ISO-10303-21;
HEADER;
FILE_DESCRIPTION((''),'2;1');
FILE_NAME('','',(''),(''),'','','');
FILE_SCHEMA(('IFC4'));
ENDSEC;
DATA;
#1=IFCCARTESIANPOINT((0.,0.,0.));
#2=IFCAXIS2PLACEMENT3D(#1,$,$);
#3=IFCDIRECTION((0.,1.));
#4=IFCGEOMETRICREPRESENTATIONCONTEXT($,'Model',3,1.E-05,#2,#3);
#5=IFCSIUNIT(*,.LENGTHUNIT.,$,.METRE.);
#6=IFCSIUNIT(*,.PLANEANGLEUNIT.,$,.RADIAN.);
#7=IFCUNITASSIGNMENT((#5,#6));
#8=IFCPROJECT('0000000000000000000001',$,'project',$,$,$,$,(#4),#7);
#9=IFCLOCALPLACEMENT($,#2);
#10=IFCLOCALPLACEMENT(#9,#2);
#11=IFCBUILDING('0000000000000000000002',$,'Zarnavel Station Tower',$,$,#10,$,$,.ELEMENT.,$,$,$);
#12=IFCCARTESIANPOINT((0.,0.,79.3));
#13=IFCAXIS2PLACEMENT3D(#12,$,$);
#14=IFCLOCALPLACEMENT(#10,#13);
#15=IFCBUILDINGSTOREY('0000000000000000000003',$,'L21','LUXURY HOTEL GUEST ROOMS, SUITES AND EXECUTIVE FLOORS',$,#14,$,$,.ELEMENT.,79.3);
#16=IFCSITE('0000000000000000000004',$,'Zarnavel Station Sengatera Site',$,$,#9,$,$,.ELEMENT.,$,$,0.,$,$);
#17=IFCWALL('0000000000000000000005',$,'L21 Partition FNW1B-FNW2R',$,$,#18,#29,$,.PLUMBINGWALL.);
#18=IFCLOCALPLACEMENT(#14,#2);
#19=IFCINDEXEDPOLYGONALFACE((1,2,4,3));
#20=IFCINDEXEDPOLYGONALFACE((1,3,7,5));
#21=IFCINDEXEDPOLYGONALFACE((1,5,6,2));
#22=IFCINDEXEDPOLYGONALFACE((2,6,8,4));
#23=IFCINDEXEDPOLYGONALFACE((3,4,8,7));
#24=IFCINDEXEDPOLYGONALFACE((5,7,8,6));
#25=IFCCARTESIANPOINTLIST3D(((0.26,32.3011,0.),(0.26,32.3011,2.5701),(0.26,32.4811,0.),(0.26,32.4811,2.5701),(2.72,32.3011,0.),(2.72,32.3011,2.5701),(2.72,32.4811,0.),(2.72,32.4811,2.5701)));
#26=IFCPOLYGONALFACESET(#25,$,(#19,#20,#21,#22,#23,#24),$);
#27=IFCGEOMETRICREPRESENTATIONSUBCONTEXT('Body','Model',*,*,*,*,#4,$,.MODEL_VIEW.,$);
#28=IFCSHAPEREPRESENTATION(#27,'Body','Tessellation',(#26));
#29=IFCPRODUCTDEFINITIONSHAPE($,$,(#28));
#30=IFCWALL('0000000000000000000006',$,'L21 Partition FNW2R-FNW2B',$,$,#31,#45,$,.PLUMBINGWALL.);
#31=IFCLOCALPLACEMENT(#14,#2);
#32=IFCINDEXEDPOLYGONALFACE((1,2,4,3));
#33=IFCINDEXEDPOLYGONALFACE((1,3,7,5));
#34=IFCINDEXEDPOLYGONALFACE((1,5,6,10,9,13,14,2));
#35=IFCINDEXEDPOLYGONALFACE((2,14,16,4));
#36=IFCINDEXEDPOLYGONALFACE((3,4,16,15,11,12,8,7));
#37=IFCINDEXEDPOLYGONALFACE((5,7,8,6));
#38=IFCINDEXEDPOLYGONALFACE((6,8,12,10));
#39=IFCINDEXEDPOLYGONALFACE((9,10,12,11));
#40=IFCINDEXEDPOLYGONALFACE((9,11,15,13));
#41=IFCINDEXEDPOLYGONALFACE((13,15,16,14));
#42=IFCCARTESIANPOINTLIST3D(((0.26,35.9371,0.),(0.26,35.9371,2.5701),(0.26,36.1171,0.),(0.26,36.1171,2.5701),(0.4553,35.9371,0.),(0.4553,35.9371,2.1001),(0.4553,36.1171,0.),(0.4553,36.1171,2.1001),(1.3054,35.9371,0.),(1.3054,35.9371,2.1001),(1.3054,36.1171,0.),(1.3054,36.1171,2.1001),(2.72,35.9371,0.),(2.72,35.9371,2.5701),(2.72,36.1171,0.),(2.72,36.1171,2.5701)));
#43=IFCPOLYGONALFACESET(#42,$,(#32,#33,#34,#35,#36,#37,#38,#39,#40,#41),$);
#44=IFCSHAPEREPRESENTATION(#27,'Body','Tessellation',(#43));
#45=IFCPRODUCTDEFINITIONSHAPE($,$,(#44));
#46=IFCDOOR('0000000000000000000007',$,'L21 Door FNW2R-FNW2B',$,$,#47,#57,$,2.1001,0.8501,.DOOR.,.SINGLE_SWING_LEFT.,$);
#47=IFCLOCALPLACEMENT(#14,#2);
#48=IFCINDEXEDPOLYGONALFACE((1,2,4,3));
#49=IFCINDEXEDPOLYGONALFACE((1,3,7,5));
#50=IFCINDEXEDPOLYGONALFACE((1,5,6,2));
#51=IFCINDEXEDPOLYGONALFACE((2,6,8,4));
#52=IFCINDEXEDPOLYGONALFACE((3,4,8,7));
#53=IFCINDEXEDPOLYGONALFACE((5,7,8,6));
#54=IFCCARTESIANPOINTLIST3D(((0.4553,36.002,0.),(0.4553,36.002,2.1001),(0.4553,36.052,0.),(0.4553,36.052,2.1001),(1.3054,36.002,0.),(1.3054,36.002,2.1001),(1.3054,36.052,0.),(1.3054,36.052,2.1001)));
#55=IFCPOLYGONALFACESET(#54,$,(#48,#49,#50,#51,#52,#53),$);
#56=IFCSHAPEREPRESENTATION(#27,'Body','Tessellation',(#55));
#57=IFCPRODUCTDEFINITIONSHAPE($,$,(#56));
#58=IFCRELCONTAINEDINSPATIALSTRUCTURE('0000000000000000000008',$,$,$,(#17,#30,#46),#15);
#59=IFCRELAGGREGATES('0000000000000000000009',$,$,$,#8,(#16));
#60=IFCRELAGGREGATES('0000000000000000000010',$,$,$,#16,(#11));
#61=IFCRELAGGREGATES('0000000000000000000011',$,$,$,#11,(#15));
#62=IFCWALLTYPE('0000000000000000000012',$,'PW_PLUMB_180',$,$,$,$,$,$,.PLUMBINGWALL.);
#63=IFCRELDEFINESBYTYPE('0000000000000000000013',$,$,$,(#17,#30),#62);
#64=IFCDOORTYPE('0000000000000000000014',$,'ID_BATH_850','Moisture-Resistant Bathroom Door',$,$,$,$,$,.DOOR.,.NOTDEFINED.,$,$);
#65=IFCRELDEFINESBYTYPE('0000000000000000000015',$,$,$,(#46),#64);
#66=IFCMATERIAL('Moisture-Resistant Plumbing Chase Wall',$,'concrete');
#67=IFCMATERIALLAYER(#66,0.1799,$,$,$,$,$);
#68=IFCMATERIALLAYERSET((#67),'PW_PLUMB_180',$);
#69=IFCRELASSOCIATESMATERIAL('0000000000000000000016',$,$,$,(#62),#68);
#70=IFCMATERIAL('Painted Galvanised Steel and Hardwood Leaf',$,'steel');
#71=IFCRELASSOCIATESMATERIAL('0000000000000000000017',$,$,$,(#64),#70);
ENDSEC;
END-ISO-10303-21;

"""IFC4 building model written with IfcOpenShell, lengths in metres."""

from ifc_helpers import new_model, si_unit, direction, frame, frame_2d, origin, place, context, subcontext, project, spatial, rectangle, extrude, material, layer, layer_set, type_object, element, fill, save


model = new_model("IFC4")

# Units and contexts
model_context = context("Model", 3, precision=1e-05, world=origin(), true_north=direction((0.0, 1.0)))
body_context = subcontext(model_context, "Body", "Model", "MODEL_VIEW")
ifc_project = project(units=[si_unit("LENGTHUNIT", "METRE"), si_unit("PLANEANGLEUNIT", "RADIAN")], contexts=[model_context])

# Site, building, storey
site_placement = place(None, origin())
site = spatial("IfcSite", under=ifc_project, at=site_placement, Name="Zarnavel Station Sengatera Site", CompositionType="ELEMENT", RefElevation=0.0)
building_placement = place(site_placement, origin())
building = spatial("IfcBuilding", under=site, at=building_placement, Name="Zarnavel Station Tower", CompositionType="ELEMENT")
storey_placement = place(building_placement, frame((0.0, 0.0, 79.3)))
storey = spatial("IfcBuildingStorey", under=building, at=storey_placement, Name="L21", Description="LUXURY HOTEL GUEST ROOMS, SUITES AND EXECUTIVE FLOORS", CompositionType="ELEMENT", Elevation=79.3)

# Shared definitions
ifc_material_1 = material(Name="Moisture-Resistant Plumbing Chase Wall", Category="concrete")
ifc_layer_1 = layer(ifc_material_1, 0.1799)
ifc_layer_set_1 = layer_set([ifc_layer_1], Name="PW_PLUMB_180")
wall_type_1 = type_object("IfcWallType", Name="PW_PLUMB_180", PredefinedType="PLUMBINGWALL", material=ifc_layer_set_1)
ifc_material_2 = material(Name="Painted Galvanised Steel and Hardwood Leaf", Category="steel")
door_type_1 = type_object("IfcDoorType", Name="ID_BATH_850", Description="Moisture-Resistant Bathroom Door", OperationType="NOTDEFINED", PredefinedType="DOOR", material=ifc_material_2)

# Wall
wall_1_placement = place(storey_placement, frame((0.26, 32.3911, 0.0), z_axis=(0.0, 0.0, 1.0), x_axis=(1.0, 0.0, 0.0)))
element("IfcWall", 1, at=wall_1_placement, inside=storey, type_object=wall_type_1, Name="L21 Partition FNW1B-FNW2R", PredefinedType="PLUMBINGWALL", context=body_context, shape_type="SweptSolid", body=[
    extrude(rectangle(XDim=2.46, YDim=0.1799, at=frame_2d((1.23, 0.0))), origin(), (0.0, 0.0, 1.0), 2.5701),
])

# Wall, opening, door
wall_2_placement = place(storey_placement, frame((0.26, 36.0271, 0.0), z_axis=(0.0, 0.0, 1.0), x_axis=(1.0, 0.0, 0.0)))
wall_2 = element("IfcWall", 2, at=wall_2_placement, inside=storey, type_object=wall_type_1, Name="L21 Partition FNW2R-FNW2B", PredefinedType="PLUMBINGWALL", context=body_context, shape_type="SweptSolid", body=[
    extrude(rectangle(XDim=2.46, YDim=0.1799, at=frame_2d((1.23, 0.0))), origin(), (0.0, 0.0, 1.0), 2.5701),
])
opening_1_placement = place(wall_2_placement, frame((0.1953, 0.0, 0.0)))
opening_1 = element("IfcOpeningElement", 3, at=opening_1_placement, cuts=wall_2, PredefinedType="OPENING", context=body_context, shape_type="SweptSolid", body=[
    extrude(rectangle(XDim=0.8501, YDim=2.1001, at=frame_2d((0.425, 1.05))), frame((0.0, 0.0999, 0.0), z_axis=(0.0, -1.0, 0.0), x_axis=(1.0, 0.0, 0.0)), (0.0, 0.0, 1.0), 0.2),
])
door_1_placement = place(opening_1_placement, origin())
door_1 = element("IfcDoor", 4, at=door_1_placement, inside=storey, type_object=door_type_1, Name="L21 Door FNW2R-FNW2B", OperationType="SINGLE_SWING_LEFT", OverallHeight=2.1001, OverallWidth=0.8501, PredefinedType="DOOR", context=body_context, shape_type="SweptSolid", body=[
    extrude(rectangle(XDim=0.8501, YDim=2.1001, at=frame_2d((0.425, 1.05))), frame((0.0, 0.0249, 0.0), z_axis=(0.0, -1.0, 0.0), x_axis=(1.0, 0.0, 0.0)), (0.0, 0.0, 1.0), 0.05),
])
fill(opening_1, door_1)

save(model, "model.ifc")
